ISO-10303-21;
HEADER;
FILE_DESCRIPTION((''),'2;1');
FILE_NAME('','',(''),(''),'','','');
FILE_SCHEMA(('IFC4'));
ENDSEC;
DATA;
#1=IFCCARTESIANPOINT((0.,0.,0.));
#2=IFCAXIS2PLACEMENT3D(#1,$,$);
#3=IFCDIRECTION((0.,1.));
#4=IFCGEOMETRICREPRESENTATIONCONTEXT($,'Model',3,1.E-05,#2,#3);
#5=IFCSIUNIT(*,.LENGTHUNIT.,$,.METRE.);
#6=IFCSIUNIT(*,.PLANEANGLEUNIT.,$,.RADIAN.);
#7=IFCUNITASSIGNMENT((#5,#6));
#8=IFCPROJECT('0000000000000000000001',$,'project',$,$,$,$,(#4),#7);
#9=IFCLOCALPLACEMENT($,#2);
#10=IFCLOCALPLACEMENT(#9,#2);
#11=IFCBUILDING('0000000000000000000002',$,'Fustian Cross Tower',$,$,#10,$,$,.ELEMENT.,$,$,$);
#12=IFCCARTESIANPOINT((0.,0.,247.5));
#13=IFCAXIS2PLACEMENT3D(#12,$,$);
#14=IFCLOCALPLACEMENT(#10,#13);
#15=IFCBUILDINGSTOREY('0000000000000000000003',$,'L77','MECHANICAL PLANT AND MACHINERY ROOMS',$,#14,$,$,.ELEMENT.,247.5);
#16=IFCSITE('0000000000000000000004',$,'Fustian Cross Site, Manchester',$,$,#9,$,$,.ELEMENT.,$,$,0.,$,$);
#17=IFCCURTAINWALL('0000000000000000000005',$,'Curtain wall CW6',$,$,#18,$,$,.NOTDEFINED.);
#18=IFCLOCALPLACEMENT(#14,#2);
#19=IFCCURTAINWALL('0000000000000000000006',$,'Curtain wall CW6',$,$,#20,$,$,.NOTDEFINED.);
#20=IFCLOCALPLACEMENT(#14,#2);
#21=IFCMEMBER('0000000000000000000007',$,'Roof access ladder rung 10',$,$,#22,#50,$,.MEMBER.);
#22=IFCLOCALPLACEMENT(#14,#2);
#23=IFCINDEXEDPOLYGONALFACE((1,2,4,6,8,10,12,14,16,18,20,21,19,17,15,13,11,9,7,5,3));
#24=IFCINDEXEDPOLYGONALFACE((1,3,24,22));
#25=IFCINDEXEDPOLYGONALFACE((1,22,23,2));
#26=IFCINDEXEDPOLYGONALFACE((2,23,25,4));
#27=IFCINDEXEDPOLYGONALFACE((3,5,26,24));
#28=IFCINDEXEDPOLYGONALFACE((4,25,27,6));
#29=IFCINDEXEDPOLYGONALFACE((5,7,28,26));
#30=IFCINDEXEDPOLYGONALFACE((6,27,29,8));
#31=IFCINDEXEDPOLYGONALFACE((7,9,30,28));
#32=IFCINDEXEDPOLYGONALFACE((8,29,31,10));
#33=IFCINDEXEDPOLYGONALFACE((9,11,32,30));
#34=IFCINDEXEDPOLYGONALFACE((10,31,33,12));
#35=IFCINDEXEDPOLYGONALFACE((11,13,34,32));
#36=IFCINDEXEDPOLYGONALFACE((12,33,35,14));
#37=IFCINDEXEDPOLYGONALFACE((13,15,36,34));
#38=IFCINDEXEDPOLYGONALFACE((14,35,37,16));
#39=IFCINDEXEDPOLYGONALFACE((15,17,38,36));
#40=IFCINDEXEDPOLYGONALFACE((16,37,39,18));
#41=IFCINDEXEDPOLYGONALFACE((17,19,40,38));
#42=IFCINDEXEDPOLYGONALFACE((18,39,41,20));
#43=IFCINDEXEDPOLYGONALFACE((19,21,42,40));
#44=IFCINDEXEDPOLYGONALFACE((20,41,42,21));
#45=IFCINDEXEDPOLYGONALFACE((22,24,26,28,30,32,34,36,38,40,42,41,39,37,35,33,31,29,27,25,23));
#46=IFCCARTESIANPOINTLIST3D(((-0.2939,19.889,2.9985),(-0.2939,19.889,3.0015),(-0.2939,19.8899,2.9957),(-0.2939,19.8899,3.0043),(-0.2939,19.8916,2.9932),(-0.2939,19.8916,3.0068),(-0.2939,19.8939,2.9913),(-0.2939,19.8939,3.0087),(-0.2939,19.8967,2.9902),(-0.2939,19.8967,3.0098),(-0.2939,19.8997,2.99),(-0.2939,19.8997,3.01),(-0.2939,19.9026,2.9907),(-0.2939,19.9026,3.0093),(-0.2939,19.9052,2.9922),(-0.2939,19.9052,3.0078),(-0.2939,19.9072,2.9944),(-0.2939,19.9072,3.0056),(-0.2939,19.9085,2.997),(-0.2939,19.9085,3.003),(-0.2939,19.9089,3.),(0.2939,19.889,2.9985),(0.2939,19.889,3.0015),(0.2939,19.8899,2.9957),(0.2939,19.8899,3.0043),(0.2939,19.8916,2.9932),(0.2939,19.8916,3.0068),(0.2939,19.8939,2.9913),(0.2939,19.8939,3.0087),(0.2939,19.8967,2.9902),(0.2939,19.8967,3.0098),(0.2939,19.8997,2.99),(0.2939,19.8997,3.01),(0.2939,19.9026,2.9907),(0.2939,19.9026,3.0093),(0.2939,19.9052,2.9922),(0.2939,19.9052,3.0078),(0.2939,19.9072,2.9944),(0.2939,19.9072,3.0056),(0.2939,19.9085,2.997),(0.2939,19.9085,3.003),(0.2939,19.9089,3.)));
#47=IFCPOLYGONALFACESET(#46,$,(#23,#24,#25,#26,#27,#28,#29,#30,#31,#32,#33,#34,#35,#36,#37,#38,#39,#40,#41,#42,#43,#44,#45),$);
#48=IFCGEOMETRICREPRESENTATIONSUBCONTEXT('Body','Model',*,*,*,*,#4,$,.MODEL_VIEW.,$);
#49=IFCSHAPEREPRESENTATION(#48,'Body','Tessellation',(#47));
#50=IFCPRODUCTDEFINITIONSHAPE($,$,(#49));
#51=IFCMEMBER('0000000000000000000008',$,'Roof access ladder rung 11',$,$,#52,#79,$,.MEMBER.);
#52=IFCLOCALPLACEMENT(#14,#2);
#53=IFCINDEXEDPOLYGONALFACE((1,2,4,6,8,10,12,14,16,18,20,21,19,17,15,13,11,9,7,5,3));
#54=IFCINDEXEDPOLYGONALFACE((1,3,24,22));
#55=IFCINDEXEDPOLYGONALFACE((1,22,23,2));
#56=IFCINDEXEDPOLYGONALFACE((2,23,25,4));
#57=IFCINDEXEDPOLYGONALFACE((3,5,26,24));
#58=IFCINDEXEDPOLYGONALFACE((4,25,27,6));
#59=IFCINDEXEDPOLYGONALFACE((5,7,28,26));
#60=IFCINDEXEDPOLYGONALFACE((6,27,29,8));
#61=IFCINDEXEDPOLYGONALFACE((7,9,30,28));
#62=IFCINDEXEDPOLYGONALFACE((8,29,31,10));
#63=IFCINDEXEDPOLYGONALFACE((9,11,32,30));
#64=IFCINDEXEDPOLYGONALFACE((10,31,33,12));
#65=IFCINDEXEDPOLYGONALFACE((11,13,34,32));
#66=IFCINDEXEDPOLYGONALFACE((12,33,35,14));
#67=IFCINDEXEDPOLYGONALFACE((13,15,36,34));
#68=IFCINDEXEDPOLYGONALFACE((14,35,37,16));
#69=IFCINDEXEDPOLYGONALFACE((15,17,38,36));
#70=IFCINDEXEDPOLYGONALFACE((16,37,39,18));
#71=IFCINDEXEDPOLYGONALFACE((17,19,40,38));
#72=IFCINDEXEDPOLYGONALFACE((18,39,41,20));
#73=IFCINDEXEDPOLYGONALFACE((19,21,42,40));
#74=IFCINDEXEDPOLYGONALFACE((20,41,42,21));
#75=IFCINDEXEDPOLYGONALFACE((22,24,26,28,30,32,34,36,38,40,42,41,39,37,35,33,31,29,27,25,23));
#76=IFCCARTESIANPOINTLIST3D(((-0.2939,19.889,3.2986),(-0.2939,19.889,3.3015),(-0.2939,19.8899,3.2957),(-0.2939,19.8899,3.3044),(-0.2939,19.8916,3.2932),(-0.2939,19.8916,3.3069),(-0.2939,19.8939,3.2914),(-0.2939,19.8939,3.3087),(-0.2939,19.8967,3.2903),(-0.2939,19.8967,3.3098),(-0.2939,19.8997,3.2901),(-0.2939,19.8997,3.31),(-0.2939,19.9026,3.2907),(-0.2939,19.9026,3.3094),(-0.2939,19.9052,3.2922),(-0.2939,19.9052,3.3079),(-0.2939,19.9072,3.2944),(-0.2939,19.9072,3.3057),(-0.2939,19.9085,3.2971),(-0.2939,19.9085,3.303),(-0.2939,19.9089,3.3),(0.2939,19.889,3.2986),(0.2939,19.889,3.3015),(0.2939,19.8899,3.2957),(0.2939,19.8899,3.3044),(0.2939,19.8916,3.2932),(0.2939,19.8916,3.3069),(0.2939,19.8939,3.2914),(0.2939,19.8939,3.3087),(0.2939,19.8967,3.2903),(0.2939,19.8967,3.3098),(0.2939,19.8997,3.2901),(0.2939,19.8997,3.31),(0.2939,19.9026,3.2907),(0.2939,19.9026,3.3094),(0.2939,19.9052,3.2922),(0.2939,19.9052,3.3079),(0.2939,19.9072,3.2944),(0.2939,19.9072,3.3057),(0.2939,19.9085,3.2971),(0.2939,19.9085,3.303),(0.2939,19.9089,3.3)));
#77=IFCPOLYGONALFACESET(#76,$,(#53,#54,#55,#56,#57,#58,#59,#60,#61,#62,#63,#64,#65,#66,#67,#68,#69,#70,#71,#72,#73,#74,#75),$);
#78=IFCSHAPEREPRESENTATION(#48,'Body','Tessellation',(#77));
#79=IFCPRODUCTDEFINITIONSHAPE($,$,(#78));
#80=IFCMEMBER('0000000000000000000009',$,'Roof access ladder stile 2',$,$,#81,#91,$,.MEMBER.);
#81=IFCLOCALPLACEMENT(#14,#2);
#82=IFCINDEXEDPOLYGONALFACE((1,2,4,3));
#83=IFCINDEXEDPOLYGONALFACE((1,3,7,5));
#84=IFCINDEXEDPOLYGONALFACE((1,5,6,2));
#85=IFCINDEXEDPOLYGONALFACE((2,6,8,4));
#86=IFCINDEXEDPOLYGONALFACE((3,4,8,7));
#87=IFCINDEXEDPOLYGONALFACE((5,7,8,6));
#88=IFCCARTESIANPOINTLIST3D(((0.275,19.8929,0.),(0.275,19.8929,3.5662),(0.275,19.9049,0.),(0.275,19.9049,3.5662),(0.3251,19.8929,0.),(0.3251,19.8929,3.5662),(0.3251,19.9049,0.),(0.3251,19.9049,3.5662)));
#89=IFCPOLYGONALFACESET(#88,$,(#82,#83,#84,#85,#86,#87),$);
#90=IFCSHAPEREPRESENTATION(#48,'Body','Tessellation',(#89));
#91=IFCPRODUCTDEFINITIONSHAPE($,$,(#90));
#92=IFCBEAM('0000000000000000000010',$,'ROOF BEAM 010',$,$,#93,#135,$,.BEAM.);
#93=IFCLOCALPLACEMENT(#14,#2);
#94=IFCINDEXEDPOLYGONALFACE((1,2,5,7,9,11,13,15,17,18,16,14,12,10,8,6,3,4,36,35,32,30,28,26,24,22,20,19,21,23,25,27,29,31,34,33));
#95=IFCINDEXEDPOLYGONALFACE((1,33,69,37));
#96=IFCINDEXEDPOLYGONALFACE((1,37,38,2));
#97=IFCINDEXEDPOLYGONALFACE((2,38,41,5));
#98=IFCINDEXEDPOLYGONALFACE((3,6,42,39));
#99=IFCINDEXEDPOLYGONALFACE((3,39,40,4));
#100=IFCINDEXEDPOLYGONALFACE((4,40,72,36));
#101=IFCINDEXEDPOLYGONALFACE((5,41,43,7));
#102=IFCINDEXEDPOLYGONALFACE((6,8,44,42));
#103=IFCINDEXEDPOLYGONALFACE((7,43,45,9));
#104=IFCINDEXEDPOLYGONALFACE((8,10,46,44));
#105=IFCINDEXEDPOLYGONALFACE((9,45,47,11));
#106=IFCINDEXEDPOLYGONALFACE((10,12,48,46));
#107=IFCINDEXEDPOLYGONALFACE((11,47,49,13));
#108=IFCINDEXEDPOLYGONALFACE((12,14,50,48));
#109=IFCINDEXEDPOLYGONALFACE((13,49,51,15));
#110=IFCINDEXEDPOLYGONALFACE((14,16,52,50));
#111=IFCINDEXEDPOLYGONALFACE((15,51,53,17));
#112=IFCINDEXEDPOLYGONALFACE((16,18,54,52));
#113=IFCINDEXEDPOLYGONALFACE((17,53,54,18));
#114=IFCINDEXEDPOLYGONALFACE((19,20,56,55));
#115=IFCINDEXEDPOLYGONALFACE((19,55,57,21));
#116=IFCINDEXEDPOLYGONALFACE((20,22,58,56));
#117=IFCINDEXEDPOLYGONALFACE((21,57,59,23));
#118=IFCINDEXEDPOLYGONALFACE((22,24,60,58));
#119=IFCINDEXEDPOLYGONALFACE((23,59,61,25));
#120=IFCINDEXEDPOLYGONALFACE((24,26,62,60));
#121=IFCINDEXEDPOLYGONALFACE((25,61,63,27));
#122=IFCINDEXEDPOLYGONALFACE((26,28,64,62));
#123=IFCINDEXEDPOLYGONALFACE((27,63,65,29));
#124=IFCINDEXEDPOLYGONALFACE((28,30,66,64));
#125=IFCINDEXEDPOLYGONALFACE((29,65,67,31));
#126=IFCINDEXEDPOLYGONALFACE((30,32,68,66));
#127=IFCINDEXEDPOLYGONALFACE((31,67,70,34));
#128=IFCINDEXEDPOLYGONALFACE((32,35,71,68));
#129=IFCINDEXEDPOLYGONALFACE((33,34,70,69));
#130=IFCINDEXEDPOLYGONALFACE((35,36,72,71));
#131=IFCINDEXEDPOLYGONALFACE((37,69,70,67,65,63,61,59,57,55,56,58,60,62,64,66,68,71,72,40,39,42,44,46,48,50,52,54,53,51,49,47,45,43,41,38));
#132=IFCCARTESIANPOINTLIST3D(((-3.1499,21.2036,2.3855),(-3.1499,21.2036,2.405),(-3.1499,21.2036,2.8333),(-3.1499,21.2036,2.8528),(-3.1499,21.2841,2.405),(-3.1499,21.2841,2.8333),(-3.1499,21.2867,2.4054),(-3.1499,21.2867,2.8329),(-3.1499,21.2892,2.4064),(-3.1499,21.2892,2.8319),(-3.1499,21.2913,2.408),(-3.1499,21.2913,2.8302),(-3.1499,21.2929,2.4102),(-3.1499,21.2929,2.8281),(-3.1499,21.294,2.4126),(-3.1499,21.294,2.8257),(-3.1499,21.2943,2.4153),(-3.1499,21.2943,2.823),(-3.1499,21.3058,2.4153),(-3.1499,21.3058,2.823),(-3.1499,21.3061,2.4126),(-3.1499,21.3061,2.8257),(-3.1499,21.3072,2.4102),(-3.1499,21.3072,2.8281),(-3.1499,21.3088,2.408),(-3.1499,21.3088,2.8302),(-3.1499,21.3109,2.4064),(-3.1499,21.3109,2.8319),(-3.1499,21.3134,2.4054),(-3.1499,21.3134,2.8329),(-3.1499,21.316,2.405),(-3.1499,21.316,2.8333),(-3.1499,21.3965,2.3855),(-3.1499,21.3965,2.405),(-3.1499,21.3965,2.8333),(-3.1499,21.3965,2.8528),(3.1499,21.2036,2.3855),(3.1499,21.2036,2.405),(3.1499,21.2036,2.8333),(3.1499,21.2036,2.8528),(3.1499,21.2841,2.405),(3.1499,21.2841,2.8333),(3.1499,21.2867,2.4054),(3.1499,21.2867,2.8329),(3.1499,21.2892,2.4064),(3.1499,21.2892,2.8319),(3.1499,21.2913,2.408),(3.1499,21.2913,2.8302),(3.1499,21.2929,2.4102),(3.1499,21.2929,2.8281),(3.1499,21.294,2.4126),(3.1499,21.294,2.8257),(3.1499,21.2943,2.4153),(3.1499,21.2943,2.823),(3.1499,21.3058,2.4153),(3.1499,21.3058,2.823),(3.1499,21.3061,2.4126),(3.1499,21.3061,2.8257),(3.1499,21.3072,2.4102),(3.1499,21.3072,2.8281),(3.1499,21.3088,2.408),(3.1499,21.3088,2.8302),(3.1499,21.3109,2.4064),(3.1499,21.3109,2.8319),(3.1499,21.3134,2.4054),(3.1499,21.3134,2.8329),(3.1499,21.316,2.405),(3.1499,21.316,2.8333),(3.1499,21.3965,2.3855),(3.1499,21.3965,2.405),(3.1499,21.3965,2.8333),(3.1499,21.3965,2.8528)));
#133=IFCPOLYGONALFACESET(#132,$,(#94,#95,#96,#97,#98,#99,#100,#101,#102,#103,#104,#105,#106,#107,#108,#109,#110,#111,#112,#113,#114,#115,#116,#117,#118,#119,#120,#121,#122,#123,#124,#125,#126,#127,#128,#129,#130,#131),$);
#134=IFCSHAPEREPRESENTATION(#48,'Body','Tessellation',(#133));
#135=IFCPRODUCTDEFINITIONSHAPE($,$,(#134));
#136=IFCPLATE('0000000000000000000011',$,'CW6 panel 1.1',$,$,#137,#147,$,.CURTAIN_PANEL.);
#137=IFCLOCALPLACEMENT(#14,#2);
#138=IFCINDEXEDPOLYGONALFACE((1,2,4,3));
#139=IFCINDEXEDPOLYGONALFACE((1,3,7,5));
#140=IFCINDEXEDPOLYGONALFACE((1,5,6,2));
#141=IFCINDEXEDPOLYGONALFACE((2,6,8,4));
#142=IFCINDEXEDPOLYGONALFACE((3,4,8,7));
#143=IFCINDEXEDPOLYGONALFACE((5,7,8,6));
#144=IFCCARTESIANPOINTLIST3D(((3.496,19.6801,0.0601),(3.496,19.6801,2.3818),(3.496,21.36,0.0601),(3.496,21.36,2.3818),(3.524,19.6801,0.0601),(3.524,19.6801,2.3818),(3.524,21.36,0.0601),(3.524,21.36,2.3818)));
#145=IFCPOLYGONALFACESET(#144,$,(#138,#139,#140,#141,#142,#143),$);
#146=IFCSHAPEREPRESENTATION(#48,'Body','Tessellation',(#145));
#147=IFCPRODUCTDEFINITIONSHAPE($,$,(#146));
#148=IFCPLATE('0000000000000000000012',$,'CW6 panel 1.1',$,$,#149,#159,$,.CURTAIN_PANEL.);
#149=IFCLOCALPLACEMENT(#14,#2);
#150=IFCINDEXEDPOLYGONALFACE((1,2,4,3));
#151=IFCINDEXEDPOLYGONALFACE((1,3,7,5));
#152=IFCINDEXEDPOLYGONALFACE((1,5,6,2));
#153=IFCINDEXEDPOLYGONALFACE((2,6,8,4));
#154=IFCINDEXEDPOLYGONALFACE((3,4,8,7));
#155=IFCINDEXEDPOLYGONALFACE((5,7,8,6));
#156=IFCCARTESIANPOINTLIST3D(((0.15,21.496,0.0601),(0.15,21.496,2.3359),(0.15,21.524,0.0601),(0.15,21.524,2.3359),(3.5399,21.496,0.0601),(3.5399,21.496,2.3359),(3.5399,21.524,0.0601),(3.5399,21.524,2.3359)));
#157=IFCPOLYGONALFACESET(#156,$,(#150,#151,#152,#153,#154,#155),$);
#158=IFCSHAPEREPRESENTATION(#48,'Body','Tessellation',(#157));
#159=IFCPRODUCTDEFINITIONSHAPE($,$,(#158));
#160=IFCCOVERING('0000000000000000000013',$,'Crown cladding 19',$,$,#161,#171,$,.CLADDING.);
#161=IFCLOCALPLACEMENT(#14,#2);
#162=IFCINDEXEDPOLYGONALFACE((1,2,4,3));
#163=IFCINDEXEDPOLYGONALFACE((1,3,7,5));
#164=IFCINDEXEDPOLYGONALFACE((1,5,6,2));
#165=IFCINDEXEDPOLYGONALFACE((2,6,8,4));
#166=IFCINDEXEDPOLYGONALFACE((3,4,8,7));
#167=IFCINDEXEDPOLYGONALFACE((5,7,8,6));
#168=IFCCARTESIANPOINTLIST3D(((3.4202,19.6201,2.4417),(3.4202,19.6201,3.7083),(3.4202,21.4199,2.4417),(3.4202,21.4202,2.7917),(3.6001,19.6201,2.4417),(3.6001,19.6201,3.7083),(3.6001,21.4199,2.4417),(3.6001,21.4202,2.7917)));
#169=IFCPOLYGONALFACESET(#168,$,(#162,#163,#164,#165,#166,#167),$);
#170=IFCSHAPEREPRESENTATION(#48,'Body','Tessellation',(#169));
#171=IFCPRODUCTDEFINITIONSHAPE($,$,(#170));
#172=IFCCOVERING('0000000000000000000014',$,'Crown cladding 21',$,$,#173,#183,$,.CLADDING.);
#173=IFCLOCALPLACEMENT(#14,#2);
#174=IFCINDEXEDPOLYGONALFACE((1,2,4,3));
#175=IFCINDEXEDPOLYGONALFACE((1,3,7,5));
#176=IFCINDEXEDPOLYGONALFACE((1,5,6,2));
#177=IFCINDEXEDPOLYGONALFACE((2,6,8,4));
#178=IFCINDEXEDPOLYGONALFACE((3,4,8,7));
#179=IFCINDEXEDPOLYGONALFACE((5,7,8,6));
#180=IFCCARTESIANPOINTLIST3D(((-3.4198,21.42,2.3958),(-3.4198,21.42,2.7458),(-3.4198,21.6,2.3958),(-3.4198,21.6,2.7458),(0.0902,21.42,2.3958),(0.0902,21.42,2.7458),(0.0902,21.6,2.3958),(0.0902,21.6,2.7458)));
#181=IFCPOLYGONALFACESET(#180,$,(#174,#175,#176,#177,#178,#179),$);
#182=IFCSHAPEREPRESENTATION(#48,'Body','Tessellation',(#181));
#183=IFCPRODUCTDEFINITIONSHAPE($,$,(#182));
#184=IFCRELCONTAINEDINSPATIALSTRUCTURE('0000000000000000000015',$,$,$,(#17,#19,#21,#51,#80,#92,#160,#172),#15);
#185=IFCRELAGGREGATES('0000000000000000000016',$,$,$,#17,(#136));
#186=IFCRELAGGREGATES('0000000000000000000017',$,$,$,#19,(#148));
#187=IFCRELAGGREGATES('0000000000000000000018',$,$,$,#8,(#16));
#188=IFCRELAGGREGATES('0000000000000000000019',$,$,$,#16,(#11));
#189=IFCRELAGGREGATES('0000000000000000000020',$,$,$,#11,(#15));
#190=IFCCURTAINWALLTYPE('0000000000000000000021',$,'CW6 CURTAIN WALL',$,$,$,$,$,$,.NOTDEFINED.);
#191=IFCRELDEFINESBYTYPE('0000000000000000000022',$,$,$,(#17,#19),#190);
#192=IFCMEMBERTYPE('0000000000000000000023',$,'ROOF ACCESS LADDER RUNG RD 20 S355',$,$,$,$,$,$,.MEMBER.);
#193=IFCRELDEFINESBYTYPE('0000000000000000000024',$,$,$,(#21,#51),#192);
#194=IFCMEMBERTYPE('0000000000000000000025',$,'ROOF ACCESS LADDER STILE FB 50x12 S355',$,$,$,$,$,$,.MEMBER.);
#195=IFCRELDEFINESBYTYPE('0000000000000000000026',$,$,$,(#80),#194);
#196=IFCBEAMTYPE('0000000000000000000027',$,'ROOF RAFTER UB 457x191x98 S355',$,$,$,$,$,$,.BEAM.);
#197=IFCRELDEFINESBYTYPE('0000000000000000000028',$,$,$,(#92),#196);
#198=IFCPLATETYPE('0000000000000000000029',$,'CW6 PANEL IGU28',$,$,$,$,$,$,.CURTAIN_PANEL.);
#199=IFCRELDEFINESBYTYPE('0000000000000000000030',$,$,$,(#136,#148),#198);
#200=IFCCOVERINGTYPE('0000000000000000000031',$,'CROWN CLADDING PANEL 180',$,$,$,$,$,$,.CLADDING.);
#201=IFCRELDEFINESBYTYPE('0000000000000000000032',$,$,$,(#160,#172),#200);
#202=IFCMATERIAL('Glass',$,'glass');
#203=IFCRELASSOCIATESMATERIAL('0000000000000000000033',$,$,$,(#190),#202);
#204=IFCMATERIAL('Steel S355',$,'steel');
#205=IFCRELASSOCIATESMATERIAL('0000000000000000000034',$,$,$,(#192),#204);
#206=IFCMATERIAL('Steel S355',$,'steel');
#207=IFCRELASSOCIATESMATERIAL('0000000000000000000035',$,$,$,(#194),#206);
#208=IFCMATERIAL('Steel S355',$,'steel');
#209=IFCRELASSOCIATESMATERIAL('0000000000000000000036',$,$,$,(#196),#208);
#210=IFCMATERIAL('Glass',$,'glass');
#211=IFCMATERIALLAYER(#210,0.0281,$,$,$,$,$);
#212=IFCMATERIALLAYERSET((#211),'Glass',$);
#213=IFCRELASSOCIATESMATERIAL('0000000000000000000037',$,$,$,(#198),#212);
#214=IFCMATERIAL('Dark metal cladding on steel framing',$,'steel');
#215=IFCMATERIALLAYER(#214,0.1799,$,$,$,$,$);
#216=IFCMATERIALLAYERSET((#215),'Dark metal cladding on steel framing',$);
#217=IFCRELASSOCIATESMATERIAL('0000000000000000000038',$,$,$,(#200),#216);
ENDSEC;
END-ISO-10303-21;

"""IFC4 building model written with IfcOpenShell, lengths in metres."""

from ifc_helpers import new_model, si_unit, direction, frame, frame_2d, origin, origin_2d, place, context, subcontext, project, spatial, polyline, rectangle, circle, i_section, outline, extrude, material, layer, layer_set, material_profile, profile_set, type_object, element, aggregate, save


model = new_model("IFC4")

# Units and contexts
model_context = context("Model", 3, precision=1e-05, world=origin(), true_north=direction((0.0, 1.0)))
body_context = subcontext(model_context, "Body", "Model", "MODEL_VIEW")
ifc_project = project(units=[si_unit("LENGTHUNIT", "METRE"), si_unit("PLANEANGLEUNIT", "RADIAN")], contexts=[model_context])

# Site, building, storey
site_placement = place(None, origin())
site = spatial("IfcSite", under=ifc_project, at=site_placement, Name="Fustian Cross Site, Manchester", CompositionType="ELEMENT", RefElevation=0.0)
building_placement = place(site_placement, origin())
building = spatial("IfcBuilding", under=site, at=building_placement, Name="Fustian Cross Tower", CompositionType="ELEMENT")
storey_placement = place(building_placement, frame((0.0, 0.0, 247.5)))
storey = spatial("IfcBuildingStorey", under=building, at=storey_placement, Name="L77", Description="MECHANICAL PLANT AND MACHINERY ROOMS", CompositionType="ELEMENT", Elevation=247.5)

# Curtain walls
ifc_material_1 = material(Name="Glass", Category="glass")
curtain_wall_type = type_object("IfcCurtainWallType", Name="CW6 CURTAIN WALL", PredefinedType="NOTDEFINED", material=ifc_material_1)
curtain_wall_1_placement = place(storey_placement, origin())
curtain_wall_1 = element("IfcCurtainWall", 1, at=curtain_wall_1_placement, inside=storey, type_object=curtain_wall_type, Name="Curtain wall CW6", PredefinedType="NOTDEFINED")
curtain_wall_2_placement = place(storey_placement, origin())
curtain_wall_2 = element("IfcCurtainWall", 2, at=curtain_wall_2_placement, inside=storey, type_object=curtain_wall_type, Name="Curtain wall CW6", PredefinedType="NOTDEFINED")

# Members
ifc_material_2 = material(Name="Steel S355", Category="steel")
ifc_material_profile_1 = material_profile(ifc_material_2, circle(Radius=0.01, at=origin_2d()), Name="ROOF ACCESS LADDER RUNG RD 20 S355")
ifc_profile_set_1 = profile_set([ifc_material_profile_1], Name="Steel S355")
member_type_1 = type_object("IfcMemberType", Name="ROOF ACCESS LADDER RUNG RD 20 S355", PredefinedType="MEMBER", material=ifc_profile_set_1)
for number, where, z_axis, x_axis, name in (
    (3, (-0.2939, 19.8989, 3.0), (1.0, 0.0, 0.0), (0.0, 1.0, 0.0), "Roof access ladder rung 10"),
    (4, (-0.2939, 19.8989, 3.3), (1.0, 0.0, 0.0), (0.0, 1.0, 0.0), "Roof access ladder rung 11"),
):
    element("IfcMember", number, at=place(storey_placement, frame(where, z_axis=z_axis, x_axis=x_axis)), inside=storey, type_object=member_type_1, Name=name, PredefinedType="MEMBER", context=body_context, shape_type="SweptSolid", body=[
        extrude(circle(Radius=0.01, at=origin_2d()), origin(), (0.0, 0.0, 1.0), 0.5879),
    ])
ifc_material_3 = material(Name="Steel S355", Category="steel")
ifc_material_profile_2 = material_profile(ifc_material_3, rectangle(XDim=0.05, YDim=0.012, at=origin_2d()), Name="ROOF ACCESS LADDER STILE FB 50x12 S355")
ifc_profile_set_2 = profile_set([ifc_material_profile_2], Name="Steel S355")
member_type_2 = type_object("IfcMemberType", Name="ROOF ACCESS LADDER STILE FB 50x12 S355", PredefinedType="MEMBER", material=ifc_profile_set_2)
member_1_placement = place(storey_placement, frame((0.3, 19.8989, 0.0), z_axis=(0.0, 0.0, 1.0), x_axis=(1.0, 0.0, 0.0)))
element("IfcMember", 5, at=member_1_placement, inside=storey, type_object=member_type_2, Name="Roof access ladder stile 2", PredefinedType="MEMBER", context=body_context, shape_type="SweptSolid", body=[
    extrude(rectangle(XDim=0.05, YDim=0.012, at=origin_2d()), origin(), (0.0, 0.0, 1.0), 3.5662),
])

# Beam
ifc_material_4 = material(Name="Steel S355", Category="steel")
ifc_material_profile_3 = material_profile(ifc_material_4, i_section(OverallWidth=0.1929, OverallDepth=0.4673, WebThickness=0.0115, FlangeThickness=0.0195, FilletRadius=0.0103, at=origin_2d()), Name="UB 457x191x98")
ifc_profile_set_3 = profile_set([ifc_material_profile_3], Name="Steel S355")
beam_type_1 = type_object("IfcBeamType", Name="ROOF RAFTER UB 457x191x98 S355", PredefinedType="BEAM", material=ifc_profile_set_3)
beam_1_placement = place(storey_placement, frame((3.1499, 21.3, 2.6191), z_axis=(-1.0, 0.0, 0.0), x_axis=(0.0, -1.0, 0.0)))
element("IfcBeam", 6, at=beam_1_placement, inside=storey, type_object=beam_type_1, Name="ROOF BEAM 010", PredefinedType="BEAM", context=body_context, shape_type="SweptSolid", body=[
    extrude(i_section(OverallWidth=0.1929, OverallDepth=0.4673, WebThickness=0.0115, FlangeThickness=0.0195, FilletRadius=0.0103, at=origin_2d()), origin(), (0.0, 0.0, 1.0), 6.2998),
])

# Plates
ifc_material_5 = material(Name="Glass", Category="glass")
ifc_layer_1 = layer(ifc_material_5, 0.0281)
ifc_layer_set_1 = layer_set([ifc_layer_1], Name="Glass")
plate_type = type_object("IfcPlateType", Name="CW6 PANEL IGU28", PredefinedType="CURTAIN_PANEL", material=ifc_layer_set_1)
plate_1_placement = place(storey_placement, frame((3.51, 20.52, 0.0601), z_axis=(0.0, 0.0, 1.0), x_axis=(0.0, 1.0, 0.0)))
plate_1 = element("IfcPlate", 7, at=plate_1_placement, type_object=plate_type, Name="CW6 panel 1.1", PredefinedType="CURTAIN_PANEL", context=body_context, shape_type="SweptSolid", body=[
    extrude(rectangle(XDim=1.6799, YDim=0.0281, at=origin_2d()), origin(), (0.0, 0.0, 1.0), 2.3218),
])
aggregate(curtain_wall_1, [plate_1])
plate_2_placement = place(storey_placement, frame((1.845, 21.51, 0.0601), z_axis=(0.0, 0.0, 1.0), x_axis=(-1.0, 0.0, 0.0)))
plate_2 = element("IfcPlate", 8, at=plate_2_placement, type_object=plate_type, Name="CW6 panel 1.1", PredefinedType="CURTAIN_PANEL", context=body_context, shape_type="SweptSolid", body=[
    extrude(rectangle(XDim=3.3899, YDim=0.0281, at=origin_2d()), origin(), (0.0, 0.0, 1.0), 2.2759),
])
aggregate(curtain_wall_2, [plate_2])

# Coverings
ifc_material_6 = material(Name="Dark metal cladding on steel framing", Category="steel")
ifc_layer_2 = layer(ifc_material_6, 0.1799)
ifc_layer_set_2 = layer_set([ifc_layer_2], Name="Dark metal cladding on steel framing")
covering_type = type_object("IfcCoveringType", Name="CROWN CLADDING PANEL 180", PredefinedType="CLADDING", material=ifc_layer_set_2)
covering_1_placement = place(storey_placement, frame((3.51, 19.6201, 2.4417), z_axis=(0.0, 0.0, 1.0), x_axis=(0.0, 1.0, 0.0)))
element("IfcCovering", 9, at=covering_1_placement, inside=storey, type_object=covering_type, Name="Crown cladding 19", PredefinedType="CLADDING", context=body_context, shape_type="SweptSolid", body=[
    extrude(outline(polyline([(0.0, 0.0), (1.7998, 0.0), (1.8, 0.3501), (0.0, 1.2666), (0.0, 0.0)])), frame((0.0, 0.0898, 0.0), z_axis=(0.0, -1.0, 0.0), x_axis=(1.0, 0.0, 0.0)), (0.0, 0.0, 1.0), 0.1799),
])
covering_2_placement = place(storey_placement, frame((0.0901, 21.51, 2.3958), z_axis=(0.0, 0.0, 1.0), x_axis=(-1.0, 0.0, 0.0)))
element("IfcCovering", 10, at=covering_2_placement, inside=storey, type_object=covering_type, Name="Crown cladding 21", PredefinedType="CLADDING", context=body_context, shape_type="SweptSolid", body=[
    extrude(rectangle(XDim=3.51, YDim=0.1799, at=frame_2d((1.7549, 0.0))), origin(), (0.0, 0.0, 1.0), 0.3501),
])

save(model, "model.ifc")
